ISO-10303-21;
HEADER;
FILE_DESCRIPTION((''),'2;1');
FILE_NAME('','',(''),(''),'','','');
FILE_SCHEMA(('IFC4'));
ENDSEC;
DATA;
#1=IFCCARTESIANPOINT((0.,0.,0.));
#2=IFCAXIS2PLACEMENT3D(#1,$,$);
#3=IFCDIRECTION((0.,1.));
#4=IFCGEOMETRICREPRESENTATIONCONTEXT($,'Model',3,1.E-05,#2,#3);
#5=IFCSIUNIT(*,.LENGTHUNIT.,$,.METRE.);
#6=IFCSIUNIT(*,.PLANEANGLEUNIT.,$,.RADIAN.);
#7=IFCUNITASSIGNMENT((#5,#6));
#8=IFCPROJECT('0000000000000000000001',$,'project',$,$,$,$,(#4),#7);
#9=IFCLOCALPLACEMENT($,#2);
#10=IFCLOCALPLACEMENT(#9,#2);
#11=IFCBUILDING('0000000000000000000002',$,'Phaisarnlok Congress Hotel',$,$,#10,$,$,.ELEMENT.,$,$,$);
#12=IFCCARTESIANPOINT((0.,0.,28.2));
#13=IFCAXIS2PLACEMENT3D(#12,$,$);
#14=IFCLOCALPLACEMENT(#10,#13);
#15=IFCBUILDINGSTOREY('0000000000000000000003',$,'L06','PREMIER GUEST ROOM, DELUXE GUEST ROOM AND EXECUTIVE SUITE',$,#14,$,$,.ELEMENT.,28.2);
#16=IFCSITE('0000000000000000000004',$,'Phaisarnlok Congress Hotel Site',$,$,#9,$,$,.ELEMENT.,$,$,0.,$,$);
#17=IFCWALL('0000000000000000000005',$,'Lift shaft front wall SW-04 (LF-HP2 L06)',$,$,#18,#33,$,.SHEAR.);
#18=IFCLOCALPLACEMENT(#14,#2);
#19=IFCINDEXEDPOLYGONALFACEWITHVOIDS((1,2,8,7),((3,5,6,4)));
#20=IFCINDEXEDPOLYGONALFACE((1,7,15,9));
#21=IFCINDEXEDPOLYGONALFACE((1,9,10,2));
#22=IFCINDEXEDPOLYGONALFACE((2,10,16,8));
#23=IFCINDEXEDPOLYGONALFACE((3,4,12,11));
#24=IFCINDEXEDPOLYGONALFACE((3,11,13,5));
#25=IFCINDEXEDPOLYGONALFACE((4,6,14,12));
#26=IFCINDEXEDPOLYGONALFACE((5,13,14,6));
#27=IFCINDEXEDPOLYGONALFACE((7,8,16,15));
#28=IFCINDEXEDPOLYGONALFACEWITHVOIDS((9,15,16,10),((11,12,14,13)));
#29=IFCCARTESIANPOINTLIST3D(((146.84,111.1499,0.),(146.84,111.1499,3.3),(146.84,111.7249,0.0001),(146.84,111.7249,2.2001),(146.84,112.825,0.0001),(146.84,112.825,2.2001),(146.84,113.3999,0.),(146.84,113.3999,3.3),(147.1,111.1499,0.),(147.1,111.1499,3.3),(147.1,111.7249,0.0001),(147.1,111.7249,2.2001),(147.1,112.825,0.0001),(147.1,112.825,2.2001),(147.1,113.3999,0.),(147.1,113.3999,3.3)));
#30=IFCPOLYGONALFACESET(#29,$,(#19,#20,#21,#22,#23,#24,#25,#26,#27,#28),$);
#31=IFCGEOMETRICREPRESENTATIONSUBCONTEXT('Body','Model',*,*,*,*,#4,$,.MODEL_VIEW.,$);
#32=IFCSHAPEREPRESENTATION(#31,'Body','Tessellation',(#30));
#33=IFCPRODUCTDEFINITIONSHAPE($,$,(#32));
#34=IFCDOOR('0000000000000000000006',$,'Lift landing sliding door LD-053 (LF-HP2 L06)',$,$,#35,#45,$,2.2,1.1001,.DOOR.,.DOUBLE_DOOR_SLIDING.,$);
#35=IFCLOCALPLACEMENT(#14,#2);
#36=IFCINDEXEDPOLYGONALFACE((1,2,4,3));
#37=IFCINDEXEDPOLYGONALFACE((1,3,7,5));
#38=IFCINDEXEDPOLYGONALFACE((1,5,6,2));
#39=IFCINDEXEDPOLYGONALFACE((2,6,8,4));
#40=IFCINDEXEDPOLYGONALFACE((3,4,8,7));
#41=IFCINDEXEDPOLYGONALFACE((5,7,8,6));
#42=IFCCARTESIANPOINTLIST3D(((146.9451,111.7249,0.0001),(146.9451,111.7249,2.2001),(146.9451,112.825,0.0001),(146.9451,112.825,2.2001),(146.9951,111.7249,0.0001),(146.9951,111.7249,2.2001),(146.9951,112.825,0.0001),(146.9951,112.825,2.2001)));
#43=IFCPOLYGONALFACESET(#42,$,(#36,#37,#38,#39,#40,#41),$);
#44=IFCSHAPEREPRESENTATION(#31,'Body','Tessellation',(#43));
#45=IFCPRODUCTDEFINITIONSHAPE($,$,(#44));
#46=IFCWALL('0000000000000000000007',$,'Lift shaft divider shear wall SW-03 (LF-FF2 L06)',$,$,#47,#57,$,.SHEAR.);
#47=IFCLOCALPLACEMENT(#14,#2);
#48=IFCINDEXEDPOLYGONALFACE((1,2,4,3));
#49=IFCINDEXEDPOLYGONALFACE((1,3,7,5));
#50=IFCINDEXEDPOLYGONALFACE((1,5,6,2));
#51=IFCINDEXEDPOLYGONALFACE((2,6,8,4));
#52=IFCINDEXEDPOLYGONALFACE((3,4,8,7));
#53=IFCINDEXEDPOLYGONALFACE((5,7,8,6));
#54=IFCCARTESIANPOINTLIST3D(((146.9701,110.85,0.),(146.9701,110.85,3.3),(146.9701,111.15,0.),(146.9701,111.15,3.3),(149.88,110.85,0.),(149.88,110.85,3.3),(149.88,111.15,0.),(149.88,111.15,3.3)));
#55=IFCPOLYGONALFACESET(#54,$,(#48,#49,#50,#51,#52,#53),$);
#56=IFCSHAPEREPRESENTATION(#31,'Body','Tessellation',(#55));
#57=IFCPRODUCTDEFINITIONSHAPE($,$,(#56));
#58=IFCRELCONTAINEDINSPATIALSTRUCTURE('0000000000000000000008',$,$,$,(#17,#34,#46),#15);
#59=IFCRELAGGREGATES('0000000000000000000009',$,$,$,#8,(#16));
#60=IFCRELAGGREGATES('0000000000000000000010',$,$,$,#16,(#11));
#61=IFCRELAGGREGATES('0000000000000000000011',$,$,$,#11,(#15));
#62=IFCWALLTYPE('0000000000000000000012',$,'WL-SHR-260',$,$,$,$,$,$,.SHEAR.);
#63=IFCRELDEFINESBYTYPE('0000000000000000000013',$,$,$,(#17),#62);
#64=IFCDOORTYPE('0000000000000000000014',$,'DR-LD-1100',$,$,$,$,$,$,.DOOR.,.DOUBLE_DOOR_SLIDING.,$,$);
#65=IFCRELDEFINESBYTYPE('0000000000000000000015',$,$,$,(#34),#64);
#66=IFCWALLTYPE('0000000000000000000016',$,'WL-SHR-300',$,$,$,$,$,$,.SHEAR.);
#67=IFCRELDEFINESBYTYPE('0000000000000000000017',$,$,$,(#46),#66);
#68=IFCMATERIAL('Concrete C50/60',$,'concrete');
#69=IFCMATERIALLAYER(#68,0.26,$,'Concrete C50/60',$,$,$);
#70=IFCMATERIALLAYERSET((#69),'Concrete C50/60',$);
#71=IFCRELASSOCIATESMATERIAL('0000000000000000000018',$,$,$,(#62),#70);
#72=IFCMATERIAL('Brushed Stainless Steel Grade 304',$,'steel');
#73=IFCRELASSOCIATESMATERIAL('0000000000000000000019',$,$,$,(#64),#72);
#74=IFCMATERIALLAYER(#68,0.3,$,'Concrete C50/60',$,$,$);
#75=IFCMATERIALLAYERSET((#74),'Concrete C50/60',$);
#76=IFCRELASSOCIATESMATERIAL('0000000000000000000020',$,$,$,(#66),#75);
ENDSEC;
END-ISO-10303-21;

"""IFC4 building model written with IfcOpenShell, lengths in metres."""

from ifc_helpers import new_model, si_unit, direction, frame, frame_2d, origin, place, context, subcontext, project, spatial, rectangle, extrude, material, layer, layer_set, type_object, element, fill, save


model = new_model("IFC4")

# Units and contexts
model_context = context("Model", 3, precision=1e-05, world=origin(), true_north=direction((0.0, 1.0)))
body_context = subcontext(model_context, "Body", "Model", "MODEL_VIEW")
ifc_project = project(units=[si_unit("LENGTHUNIT", "METRE"), si_unit("PLANEANGLEUNIT", "RADIAN")], contexts=[model_context])

# Site, building, storey
site_placement = place(None, origin())
site = spatial("IfcSite", under=ifc_project, at=site_placement, Name="Phaisarnlok Congress Hotel Site", CompositionType="ELEMENT", RefElevation=0.0)
building_placement = place(site_placement, origin())
building = spatial("IfcBuilding", under=site, at=building_placement, Name="Phaisarnlok Congress Hotel", CompositionType="ELEMENT")
storey_placement = place(building_placement, frame((0.0, 0.0, 28.2)))
storey = spatial("IfcBuildingStorey", under=building, at=storey_placement, Name="L06", Description="PREMIER GUEST ROOM, DELUXE GUEST ROOM AND EXECUTIVE SUITE", CompositionType="ELEMENT", Elevation=28.2)

# Shared definitions
ifc_material_1 = material(Name="Concrete C50/60", Category="concrete")

# Shared definitions
ifc_layer_1 = layer(ifc_material_1, 0.26, Name="Concrete C50/60")
ifc_layer_set_1 = layer_set([ifc_layer_1], Name="Concrete C50/60")
wall_type_1 = type_object("IfcWallType", Name="WL-SHR-260", PredefinedType="SHEAR", material=ifc_layer_set_1)

# Shared definitions
ifc_material_2 = material(Name="Brushed Stainless Steel Grade 304", Category="steel")
door_type_1 = type_object("IfcDoorType", Name="DR-LD-1100", OperationType="DOUBLE_DOOR_SLIDING", PredefinedType="DOOR", material=ifc_material_2)

# Wall, opening, door
wall_1_placement = place(storey_placement, frame((146.97, 111.1499, 0.0), z_axis=(0.0, 0.0, 1.0), x_axis=(0.0, 1.0, 0.0)))
wall_1 = element("IfcWall", 1, at=wall_1_placement, inside=storey, type_object=wall_type_1, Name="Lift shaft front wall SW-04 (LF-HP2 L06)", PredefinedType="SHEAR", context=body_context, shape_type="SweptSolid", body=[
    extrude(rectangle(XDim=2.25, YDim=0.26, at=frame_2d((1.125, 0.0))), origin(), (0.0, 0.0, 1.0), 3.3),
])
opening_1_placement = place(wall_1_placement, frame((0.575, 0.0, 0.0)))
opening_1 = element("IfcOpeningElement", 2, at=opening_1_placement, cuts=wall_1, PredefinedType="OPENING", context=body_context, shape_type="SweptSolid", body=[
    extrude(rectangle(XDim=1.1001, YDim=2.2, at=frame_2d((0.55, 1.1001))), frame((0.0, 0.1401, 0.0), z_axis=(0.0, -1.0, 0.0), x_axis=(1.0, 0.0, 0.0)), (0.0, 0.0, 1.0), 0.28),
])
door_1_placement = place(opening_1_placement, origin())
door_1 = element("IfcDoor", 3, at=door_1_placement, inside=storey, type_object=door_type_1, Name="Lift landing sliding door LD-053 (LF-HP2 L06)", OperationType="DOUBLE_DOOR_SLIDING", OverallHeight=2.2, OverallWidth=1.1001, PredefinedType="DOOR", context=body_context, shape_type="SweptSolid", body=[
    extrude(rectangle(XDim=1.1001, YDim=2.2, at=frame_2d((0.55, 1.1001))), frame((0.0, 0.0249, 0.0), z_axis=(0.0, -1.0, 0.0), x_axis=(1.0, 0.0, 0.0)), (0.0, 0.0, 1.0), 0.05),
])
fill(opening_1, door_1)

# Wall
ifc_layer_2 = layer(ifc_material_1, 0.3, Name="Concrete C50/60")
ifc_layer_set_2 = layer_set([ifc_layer_2], Name="Concrete C50/60")
wall_type_2 = type_object("IfcWallType", Name="WL-SHR-300", PredefinedType="SHEAR", material=ifc_layer_set_2)
wall_2_placement = place(storey_placement, frame((146.97, 111.0, 0.0), z_axis=(0.0, 0.0, 1.0), x_axis=(1.0, 0.0, 0.0)))
element("IfcWall", 4, at=wall_2_placement, inside=storey, type_object=wall_type_2, Name="Lift shaft divider shear wall SW-03 (LF-FF2 L06)", PredefinedType="SHEAR", context=body_context, shape_type="SweptSolid", body=[
    extrude(rectangle(XDim=2.9099, YDim=0.3, at=frame_2d((1.4551, 0.0))), origin(), (0.0, 0.0, 1.0), 3.3),
])

save(model, "model.ifc")
